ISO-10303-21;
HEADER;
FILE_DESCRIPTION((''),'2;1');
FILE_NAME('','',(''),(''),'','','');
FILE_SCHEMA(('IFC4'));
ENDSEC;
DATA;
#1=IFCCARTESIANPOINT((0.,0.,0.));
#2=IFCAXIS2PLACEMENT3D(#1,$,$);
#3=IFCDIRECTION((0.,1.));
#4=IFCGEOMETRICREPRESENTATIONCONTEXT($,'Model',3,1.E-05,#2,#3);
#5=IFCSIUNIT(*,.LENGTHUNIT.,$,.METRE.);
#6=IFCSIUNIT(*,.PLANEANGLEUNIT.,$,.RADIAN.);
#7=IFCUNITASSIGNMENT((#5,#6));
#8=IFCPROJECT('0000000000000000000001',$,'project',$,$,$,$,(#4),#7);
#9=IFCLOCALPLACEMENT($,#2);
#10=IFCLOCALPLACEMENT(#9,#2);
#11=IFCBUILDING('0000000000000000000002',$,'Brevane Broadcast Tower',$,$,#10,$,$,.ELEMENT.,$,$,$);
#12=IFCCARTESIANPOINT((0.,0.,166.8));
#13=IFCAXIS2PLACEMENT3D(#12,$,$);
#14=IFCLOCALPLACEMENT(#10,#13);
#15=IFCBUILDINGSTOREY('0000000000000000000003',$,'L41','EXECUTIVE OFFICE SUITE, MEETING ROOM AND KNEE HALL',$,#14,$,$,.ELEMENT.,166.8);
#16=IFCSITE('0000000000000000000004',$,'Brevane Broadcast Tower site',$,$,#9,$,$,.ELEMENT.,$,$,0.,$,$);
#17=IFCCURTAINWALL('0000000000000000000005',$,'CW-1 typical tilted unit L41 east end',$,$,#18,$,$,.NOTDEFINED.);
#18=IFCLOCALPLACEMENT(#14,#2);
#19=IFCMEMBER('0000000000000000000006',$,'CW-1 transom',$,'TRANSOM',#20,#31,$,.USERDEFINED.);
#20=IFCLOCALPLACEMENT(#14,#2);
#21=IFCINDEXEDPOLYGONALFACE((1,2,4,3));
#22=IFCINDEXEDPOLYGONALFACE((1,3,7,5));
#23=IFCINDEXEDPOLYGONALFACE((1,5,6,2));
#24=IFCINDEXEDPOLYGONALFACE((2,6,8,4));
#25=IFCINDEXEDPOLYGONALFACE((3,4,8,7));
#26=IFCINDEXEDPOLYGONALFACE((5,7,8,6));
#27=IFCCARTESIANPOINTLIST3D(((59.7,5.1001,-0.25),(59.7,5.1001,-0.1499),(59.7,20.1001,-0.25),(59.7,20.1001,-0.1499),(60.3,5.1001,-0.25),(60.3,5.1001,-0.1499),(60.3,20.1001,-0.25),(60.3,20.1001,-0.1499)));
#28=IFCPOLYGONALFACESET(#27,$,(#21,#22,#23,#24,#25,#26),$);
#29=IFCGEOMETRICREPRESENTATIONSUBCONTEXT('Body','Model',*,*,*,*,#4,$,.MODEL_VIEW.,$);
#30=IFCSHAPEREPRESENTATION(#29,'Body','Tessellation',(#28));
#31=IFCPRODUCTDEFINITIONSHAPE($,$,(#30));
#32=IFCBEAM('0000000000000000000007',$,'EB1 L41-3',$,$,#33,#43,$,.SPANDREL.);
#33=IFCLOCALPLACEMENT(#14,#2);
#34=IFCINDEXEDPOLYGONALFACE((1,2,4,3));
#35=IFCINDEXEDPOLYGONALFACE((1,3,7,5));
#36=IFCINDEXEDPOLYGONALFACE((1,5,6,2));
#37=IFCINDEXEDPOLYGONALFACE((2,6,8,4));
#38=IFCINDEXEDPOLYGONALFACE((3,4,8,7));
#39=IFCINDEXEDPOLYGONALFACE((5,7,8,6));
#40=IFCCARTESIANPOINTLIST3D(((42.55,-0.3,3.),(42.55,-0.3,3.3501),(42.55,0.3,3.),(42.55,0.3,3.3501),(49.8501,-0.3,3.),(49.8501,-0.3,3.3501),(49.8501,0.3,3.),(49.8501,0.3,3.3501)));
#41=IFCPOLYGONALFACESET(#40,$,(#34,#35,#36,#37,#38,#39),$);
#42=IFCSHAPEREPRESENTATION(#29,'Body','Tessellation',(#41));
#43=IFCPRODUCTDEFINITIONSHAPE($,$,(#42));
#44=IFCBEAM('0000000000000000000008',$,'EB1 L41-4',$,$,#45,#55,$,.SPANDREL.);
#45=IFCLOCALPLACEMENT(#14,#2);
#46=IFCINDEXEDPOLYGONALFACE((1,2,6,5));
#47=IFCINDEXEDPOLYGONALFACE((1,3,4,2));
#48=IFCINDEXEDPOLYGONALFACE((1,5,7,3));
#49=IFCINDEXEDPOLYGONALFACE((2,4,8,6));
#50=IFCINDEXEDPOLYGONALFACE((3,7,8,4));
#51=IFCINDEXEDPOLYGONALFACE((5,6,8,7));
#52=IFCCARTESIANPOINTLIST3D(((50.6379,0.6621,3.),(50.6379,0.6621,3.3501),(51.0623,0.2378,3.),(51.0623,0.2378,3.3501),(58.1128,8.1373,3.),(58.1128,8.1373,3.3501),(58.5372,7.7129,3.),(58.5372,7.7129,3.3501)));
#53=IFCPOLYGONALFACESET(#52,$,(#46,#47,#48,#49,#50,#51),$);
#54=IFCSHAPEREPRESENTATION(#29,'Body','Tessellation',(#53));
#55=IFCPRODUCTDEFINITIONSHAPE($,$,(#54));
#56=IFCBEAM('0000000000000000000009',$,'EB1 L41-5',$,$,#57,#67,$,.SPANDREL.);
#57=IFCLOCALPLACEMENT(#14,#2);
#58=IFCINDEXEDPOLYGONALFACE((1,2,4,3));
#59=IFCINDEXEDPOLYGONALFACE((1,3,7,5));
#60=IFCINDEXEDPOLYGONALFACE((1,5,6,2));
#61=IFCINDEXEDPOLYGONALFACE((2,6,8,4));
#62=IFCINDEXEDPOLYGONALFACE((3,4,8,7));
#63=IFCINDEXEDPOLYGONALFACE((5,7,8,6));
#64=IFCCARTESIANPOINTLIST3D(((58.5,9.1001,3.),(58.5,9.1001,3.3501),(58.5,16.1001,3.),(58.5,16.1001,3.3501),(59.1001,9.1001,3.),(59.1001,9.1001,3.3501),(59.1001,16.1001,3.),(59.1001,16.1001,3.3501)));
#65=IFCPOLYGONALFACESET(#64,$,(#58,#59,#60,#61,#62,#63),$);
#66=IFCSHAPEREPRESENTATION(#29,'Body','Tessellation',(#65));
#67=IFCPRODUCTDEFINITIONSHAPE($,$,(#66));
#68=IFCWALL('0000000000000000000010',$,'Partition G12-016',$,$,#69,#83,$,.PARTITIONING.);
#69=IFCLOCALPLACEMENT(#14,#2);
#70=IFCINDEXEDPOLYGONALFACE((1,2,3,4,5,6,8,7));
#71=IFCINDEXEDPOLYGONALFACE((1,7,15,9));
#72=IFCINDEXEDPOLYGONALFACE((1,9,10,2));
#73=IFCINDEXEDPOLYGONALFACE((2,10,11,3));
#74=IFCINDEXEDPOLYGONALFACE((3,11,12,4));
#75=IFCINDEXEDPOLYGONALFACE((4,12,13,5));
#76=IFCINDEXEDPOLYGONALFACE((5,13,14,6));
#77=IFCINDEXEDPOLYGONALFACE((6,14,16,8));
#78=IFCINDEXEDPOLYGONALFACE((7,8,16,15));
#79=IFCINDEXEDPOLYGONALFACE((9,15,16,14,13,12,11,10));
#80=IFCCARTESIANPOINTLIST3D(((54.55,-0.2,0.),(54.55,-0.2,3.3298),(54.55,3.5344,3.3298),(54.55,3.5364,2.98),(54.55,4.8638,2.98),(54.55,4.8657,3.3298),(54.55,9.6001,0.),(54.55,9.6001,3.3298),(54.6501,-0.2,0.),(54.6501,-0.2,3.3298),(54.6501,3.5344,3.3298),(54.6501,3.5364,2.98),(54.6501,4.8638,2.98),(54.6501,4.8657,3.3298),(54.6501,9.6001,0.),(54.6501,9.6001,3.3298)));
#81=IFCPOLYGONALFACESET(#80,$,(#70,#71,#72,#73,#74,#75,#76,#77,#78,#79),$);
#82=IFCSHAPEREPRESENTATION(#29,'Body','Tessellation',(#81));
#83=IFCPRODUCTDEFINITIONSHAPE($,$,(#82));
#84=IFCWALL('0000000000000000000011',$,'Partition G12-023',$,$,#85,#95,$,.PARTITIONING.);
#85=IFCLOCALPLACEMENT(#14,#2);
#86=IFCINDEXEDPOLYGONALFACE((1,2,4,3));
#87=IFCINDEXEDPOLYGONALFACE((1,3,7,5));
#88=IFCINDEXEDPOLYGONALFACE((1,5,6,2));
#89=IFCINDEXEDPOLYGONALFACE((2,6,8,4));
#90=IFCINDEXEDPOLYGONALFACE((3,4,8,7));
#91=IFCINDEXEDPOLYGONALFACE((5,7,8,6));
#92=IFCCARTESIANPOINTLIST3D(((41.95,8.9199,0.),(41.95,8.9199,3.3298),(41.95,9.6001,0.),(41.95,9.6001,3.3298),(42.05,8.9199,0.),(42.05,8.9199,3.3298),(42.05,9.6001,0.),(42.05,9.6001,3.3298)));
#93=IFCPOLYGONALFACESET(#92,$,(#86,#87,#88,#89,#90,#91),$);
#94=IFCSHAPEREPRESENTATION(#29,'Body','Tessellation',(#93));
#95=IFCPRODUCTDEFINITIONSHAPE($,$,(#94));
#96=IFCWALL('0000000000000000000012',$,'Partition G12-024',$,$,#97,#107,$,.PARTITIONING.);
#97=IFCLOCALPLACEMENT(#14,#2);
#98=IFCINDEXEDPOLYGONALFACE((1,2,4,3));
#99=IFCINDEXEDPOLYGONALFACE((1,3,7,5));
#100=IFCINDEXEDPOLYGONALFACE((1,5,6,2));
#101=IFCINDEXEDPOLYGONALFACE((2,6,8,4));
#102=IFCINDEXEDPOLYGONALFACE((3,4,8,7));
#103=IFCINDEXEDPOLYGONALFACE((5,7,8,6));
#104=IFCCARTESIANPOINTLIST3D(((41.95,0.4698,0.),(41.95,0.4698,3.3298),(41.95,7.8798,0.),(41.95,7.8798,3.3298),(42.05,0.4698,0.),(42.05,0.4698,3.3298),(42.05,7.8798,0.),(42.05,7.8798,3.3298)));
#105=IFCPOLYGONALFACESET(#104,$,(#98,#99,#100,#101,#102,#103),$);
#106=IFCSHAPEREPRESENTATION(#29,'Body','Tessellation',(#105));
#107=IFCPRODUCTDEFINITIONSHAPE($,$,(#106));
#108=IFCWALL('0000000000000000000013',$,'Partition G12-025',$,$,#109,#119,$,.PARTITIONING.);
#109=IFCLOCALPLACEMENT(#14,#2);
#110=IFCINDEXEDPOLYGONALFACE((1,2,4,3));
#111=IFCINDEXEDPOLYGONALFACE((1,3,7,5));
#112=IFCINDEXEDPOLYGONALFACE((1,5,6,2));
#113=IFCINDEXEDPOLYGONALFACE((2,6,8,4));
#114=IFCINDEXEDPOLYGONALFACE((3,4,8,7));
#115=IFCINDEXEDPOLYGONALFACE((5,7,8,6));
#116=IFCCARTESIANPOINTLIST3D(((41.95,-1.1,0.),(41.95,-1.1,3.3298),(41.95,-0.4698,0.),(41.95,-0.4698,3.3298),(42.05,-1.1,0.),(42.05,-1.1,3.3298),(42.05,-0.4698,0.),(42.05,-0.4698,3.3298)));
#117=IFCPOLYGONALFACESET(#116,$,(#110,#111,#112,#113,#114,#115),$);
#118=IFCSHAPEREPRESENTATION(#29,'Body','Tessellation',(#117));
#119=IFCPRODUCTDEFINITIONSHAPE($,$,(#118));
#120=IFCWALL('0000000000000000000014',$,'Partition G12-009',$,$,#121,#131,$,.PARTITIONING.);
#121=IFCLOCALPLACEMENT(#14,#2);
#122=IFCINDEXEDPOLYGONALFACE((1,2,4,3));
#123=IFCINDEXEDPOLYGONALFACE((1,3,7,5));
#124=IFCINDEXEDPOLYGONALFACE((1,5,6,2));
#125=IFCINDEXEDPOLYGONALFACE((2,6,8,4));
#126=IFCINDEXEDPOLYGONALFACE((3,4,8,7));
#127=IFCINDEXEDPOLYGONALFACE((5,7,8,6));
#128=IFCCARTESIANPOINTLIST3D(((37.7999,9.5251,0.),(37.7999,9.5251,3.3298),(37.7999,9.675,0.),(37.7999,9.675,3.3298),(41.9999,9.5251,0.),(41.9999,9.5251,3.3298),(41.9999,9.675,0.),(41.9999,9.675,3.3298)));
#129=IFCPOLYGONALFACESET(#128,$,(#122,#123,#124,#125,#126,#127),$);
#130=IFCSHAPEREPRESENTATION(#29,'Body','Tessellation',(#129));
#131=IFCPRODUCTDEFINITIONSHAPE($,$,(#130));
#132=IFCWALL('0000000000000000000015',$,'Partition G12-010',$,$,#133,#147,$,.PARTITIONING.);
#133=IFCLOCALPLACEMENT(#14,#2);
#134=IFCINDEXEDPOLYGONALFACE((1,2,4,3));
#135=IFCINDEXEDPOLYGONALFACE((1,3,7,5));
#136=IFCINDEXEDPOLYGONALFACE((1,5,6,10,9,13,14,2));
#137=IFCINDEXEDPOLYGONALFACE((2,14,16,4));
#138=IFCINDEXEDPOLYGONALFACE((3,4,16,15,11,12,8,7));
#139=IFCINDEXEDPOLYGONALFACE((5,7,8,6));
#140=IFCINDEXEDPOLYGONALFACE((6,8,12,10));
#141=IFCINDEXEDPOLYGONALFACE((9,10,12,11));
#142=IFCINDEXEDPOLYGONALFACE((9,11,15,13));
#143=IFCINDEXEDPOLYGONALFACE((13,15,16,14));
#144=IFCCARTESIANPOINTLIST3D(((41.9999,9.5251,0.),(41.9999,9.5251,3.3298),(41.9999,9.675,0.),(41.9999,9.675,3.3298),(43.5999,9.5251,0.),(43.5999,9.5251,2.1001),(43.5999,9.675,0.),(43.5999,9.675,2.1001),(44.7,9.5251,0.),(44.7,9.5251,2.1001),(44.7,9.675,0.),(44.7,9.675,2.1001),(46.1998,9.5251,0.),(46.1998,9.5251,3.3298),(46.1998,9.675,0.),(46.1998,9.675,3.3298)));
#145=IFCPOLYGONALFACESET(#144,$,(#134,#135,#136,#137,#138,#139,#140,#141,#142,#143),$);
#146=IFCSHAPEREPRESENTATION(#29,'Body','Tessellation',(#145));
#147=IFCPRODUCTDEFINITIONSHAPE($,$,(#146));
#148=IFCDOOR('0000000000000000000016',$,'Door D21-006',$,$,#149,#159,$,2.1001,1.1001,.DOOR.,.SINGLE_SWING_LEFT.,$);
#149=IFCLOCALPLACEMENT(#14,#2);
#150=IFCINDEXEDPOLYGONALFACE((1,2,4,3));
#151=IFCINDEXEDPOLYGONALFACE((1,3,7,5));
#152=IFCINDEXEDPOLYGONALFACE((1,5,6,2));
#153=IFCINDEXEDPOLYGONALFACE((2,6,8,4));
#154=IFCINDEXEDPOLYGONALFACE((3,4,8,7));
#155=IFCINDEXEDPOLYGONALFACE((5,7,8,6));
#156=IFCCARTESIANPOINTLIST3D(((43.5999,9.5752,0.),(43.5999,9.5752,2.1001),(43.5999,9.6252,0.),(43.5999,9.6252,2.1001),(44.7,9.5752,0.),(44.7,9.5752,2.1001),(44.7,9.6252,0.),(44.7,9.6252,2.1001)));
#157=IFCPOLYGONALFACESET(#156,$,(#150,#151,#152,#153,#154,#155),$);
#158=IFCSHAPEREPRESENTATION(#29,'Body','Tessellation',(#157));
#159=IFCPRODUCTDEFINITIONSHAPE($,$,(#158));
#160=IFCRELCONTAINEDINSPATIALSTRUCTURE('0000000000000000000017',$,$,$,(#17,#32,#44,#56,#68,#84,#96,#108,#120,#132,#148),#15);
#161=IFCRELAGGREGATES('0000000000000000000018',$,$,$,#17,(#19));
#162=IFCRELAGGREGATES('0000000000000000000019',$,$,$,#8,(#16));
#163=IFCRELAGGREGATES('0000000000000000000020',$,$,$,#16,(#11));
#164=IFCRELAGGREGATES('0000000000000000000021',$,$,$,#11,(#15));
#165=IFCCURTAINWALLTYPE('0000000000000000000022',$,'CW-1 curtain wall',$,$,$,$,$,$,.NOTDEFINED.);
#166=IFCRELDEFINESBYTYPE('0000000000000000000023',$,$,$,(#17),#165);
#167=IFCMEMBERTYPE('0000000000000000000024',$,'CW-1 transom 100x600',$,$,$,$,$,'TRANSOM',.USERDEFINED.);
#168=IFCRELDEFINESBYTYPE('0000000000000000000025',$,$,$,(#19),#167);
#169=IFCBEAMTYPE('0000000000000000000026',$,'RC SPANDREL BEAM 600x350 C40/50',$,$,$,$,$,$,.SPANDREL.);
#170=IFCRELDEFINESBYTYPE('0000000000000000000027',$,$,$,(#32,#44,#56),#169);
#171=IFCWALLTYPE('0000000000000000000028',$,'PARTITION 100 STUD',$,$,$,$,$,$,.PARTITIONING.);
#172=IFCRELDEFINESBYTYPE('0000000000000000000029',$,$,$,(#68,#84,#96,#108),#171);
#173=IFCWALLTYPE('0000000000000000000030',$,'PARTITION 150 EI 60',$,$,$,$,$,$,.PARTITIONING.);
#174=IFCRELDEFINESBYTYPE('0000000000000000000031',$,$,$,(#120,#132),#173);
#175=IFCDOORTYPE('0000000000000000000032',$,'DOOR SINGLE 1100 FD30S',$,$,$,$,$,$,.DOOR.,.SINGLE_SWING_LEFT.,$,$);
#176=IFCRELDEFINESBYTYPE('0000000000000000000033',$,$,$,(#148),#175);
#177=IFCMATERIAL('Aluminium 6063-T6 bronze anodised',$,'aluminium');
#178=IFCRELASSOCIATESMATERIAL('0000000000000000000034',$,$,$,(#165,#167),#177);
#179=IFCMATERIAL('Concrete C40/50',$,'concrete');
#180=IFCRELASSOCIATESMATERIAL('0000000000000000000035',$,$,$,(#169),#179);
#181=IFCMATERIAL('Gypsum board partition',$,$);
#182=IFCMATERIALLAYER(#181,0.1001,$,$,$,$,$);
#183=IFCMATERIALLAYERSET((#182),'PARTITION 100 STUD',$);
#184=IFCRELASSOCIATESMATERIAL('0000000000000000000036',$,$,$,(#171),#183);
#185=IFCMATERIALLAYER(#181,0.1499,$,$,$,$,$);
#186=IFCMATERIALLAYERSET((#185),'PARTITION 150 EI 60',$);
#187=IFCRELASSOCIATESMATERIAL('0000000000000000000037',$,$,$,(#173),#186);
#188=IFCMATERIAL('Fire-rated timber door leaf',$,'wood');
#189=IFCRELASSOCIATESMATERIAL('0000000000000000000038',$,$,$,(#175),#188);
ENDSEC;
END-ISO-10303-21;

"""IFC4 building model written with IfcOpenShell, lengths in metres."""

from ifc_helpers import new_model, si_unit, direction, frame, frame_2d, origin, origin_2d, place, context, subcontext, project, spatial, polyline, rectangle, outline, extrude, material, layer, layer_set, material_profile, profile_set, type_object, element, fill, aggregate, save


model = new_model("IFC4")

# Units and contexts
model_context = context("Model", 3, precision=1e-05, world=origin(), true_north=direction((0.0, 1.0)))
body_context = subcontext(model_context, "Body", "Model", "MODEL_VIEW")
ifc_project = project(units=[si_unit("LENGTHUNIT", "METRE"), si_unit("PLANEANGLEUNIT", "RADIAN")], contexts=[model_context])

# Site, building, storey
site_placement = place(None, origin())
site = spatial("IfcSite", under=ifc_project, at=site_placement, Name="Brevane Broadcast Tower site", CompositionType="ELEMENT", RefElevation=0.0)
building_placement = place(site_placement, origin())
building = spatial("IfcBuilding", under=site, at=building_placement, Name="Brevane Broadcast Tower", CompositionType="ELEMENT")
storey_placement = place(building_placement, frame((0.0, 0.0, 166.8)))
storey = spatial("IfcBuildingStorey", under=building, at=storey_placement, Name="L41", Description="EXECUTIVE OFFICE SUITE, MEETING ROOM AND KNEE HALL", CompositionType="ELEMENT", Elevation=166.8)

# Curtain wall
ifc_material_1 = material(Name="Aluminium 6063-T6 bronze anodised", Category="aluminium")
curtain_wall_type = type_object("IfcCurtainWallType", Name="CW-1 curtain wall", PredefinedType="NOTDEFINED", material=ifc_material_1)
curtain_wall_1_placement = place(storey_placement, origin())
curtain_wall_1 = element("IfcCurtainWall", 1, at=curtain_wall_1_placement, inside=storey, type_object=curtain_wall_type, Name="CW-1 typical tilted unit L41 east end", PredefinedType="NOTDEFINED")

# Member
ifc_material_profile_1 = material_profile(ifc_material_1, rectangle(XDim=0.6001, YDim=0.1001, at=origin_2d()), Name="RECT 100x600")
ifc_profile_set_1 = profile_set([ifc_material_profile_1], Name="Aluminium 6063-T6 bronze anodised")
member_type_1 = type_object("IfcMemberType", Name="CW-1 transom 100x600", ElementType="TRANSOM", PredefinedType="USERDEFINED", material=ifc_profile_set_1)
member_1_placement = place(storey_placement, frame((60.0, 5.1001, -0.2), z_axis=(0.0, 1.0, 0.0), x_axis=(-1.0, 0.0, 0.0)))
member_1 = element("IfcMember", 2, at=member_1_placement, type_object=member_type_1, Name="CW-1 transom", ObjectType="TRANSOM", PredefinedType="USERDEFINED", context=body_context, shape_type="SweptSolid", body=[
    extrude(rectangle(XDim=0.6001, YDim=0.1001, at=origin_2d()), origin(), (0.0, 0.0, 1.0), 15.0),
])
aggregate(curtain_wall_1, [member_1])

# Beams
ifc_material_2 = material(Name="Concrete C40/50", Category="concrete")
ifc_material_profile_2 = material_profile(ifc_material_2, rectangle(XDim=0.6001, YDim=0.3501, at=origin_2d()), Name="RC 600x350")
ifc_profile_set_2 = profile_set([ifc_material_profile_2], Name="Concrete C40/50")
beam_type = type_object("IfcBeamType", Name="RC SPANDREL BEAM 600x350 C40/50", PredefinedType="SPANDREL", material=ifc_profile_set_2)
beam_1_placement = place(storey_placement, frame((42.55, 0.0, 3.175), z_axis=(1.0, 0.0, 0.0), x_axis=(0.0, 1.0, 0.0)))
element("IfcBeam", 3, at=beam_1_placement, inside=storey, type_object=beam_type, Name="EB1 L41-3", PredefinedType="SPANDREL", context=body_context, shape_type="SweptSolid", body=[
    extrude(rectangle(XDim=0.6001, YDim=0.3501, at=origin_2d()), origin(), (0.0, 0.0, 1.0), 7.3),
])
beam_2_placement = place(storey_placement, frame((50.8501, 0.45, 3.175), z_axis=(0.707095, 0.707118, 0.0), x_axis=(-0.707118, 0.707095, 0.0)))
element("IfcBeam", 4, at=beam_2_placement, inside=storey, type_object=beam_type, Name="EB1 L41-4", PredefinedType="SPANDREL", context=body_context, shape_type="SweptSolid", body=[
    extrude(rectangle(XDim=0.6001, YDim=0.3501, at=origin_2d()), origin(), (0.0, 0.0, 1.0), 10.5713),
])
beam_3_placement = place(storey_placement, frame((58.8, 9.1001, 3.175), z_axis=(0.0, 1.0, 0.0), x_axis=(-1.0, 0.0, 0.0)))
element("IfcBeam", 5, at=beam_3_placement, inside=storey, type_object=beam_type, Name="EB1 L41-5", PredefinedType="SPANDREL", context=body_context, shape_type="SweptSolid", body=[
    extrude(rectangle(XDim=0.6001, YDim=0.3501, at=origin_2d()), origin(), (0.0, 0.0, 1.0), 7.0),
])

# Walls
ifc_material_3 = material(Name="Gypsum board partition")
ifc_layer_1 = layer(ifc_material_3, 0.1001)
ifc_layer_set_1 = layer_set([ifc_layer_1], Name="PARTITION 100 STUD")
wall_type_1 = type_object("IfcWallType", Name="PARTITION 100 STUD", PredefinedType="PARTITIONING", material=ifc_layer_set_1)
wall_1_placement = place(storey_placement, frame((54.6001, -0.2, 0.0), z_axis=(0.0, 0.0, 1.0), x_axis=(0.0, 1.0, 0.0)))
element("IfcWall", 6, at=wall_1_placement, inside=storey, type_object=wall_type_1, Name="Partition G12-016", PredefinedType="PARTITIONING", context=body_context, shape_type="SweptSolid", body=[
    extrude(outline(polyline([(0.0, 0.0), (9.8, 0.0), (9.8, 3.3298), (5.0657, 3.3298), (5.0637, 2.98), (3.7363, 2.98), (3.7344, 3.3298), (0.0, 3.3298), (0.0, 0.0)])), frame((0.0, 0.05, 0.0), z_axis=(0.0, -1.0, 0.0), x_axis=(1.0, 0.0, 0.0)), (0.0, 0.0, 1.0), 0.1001),
])
wall_2_placement = place(storey_placement, frame((42.0, 9.6001, 0.0), z_axis=(0.0, 0.0, 1.0), x_axis=(0.0, -1.0, 0.0)))
element("IfcWall", 7, at=wall_2_placement, inside=storey, type_object=wall_type_1, Name="Partition G12-023", PredefinedType="PARTITIONING", context=body_context, shape_type="SweptSolid", body=[
    extrude(rectangle(XDim=0.6802, YDim=0.1001, at=frame_2d((0.3401, 0.0))), origin(), (0.0, 0.0, 1.0), 3.3298),
])
wall_3_placement = place(storey_placement, frame((42.0, 7.8799, 0.0), z_axis=(0.0, 0.0, 1.0), x_axis=(0.0, -1.0, 0.0)))
element("IfcWall", 8, at=wall_3_placement, inside=storey, type_object=wall_type_1, Name="Partition G12-024", PredefinedType="PARTITIONING", context=body_context, shape_type="SweptSolid", body=[
    extrude(rectangle(XDim=7.4099, YDim=0.1001, at=frame_2d((3.7051, 0.0))), origin(), (0.0, 0.0, 1.0), 3.3298),
])
wall_4_placement = place(storey_placement, frame((42.0, -0.47, 0.0), z_axis=(0.0, 0.0, 1.0), x_axis=(0.0, -1.0, 0.0)))
element("IfcWall", 9, at=wall_4_placement, inside=storey, type_object=wall_type_1, Name="Partition G12-025", PredefinedType="PARTITIONING", context=body_context, shape_type="SweptSolid", body=[
    extrude(rectangle(XDim=0.6301, YDim=0.1001, at=frame_2d((0.3149, 0.0))), origin(), (0.0, 0.0, 1.0), 3.3298),
])
ifc_layer_2 = layer(ifc_material_3, 0.1499)
ifc_layer_set_2 = layer_set([ifc_layer_2], Name="PARTITION 150 EI 60")
wall_type_2 = type_object("IfcWallType", Name="PARTITION 150 EI 60", PredefinedType="PARTITIONING", material=ifc_layer_set_2)
wall_5_placement = place(storey_placement, frame((42.0, 9.6001, 0.0), z_axis=(0.0, 0.0, 1.0), x_axis=(-1.0, 0.0, 0.0)))
element("IfcWall", 10, at=wall_5_placement, inside=storey, type_object=wall_type_2, Name="Partition G12-009", PredefinedType="PARTITIONING", context=body_context, shape_type="SweptSolid", body=[
    extrude(rectangle(XDim=4.2, YDim=0.1499, at=frame_2d((2.1001, 0.0))), origin(), (0.0, 0.0, 1.0), 3.3298),
])

# Wall, opening, door
wall_6_placement = place(storey_placement, frame((46.2, 9.6001, 0.0), z_axis=(0.0, 0.0, 1.0), x_axis=(-1.0, 0.0, 0.0)))
wall_6 = element("IfcWall", 11, at=wall_6_placement, inside=storey, type_object=wall_type_2, Name="Partition G12-010", PredefinedType="PARTITIONING", context=body_context, shape_type="SweptSolid", body=[
    extrude(rectangle(XDim=4.2, YDim=0.1499, at=frame_2d((2.1001, 0.0))), origin(), (0.0, 0.0, 1.0), 3.3298),
])
opening_placement = place(wall_6_placement, frame((1.5, 0.0, 0.0)))
opening = element("IfcOpeningElement", 12, at=opening_placement, cuts=wall_6, PredefinedType="OPENING", context=body_context, shape_type="SweptSolid", body=[
    extrude(rectangle(XDim=1.1001, YDim=2.1001, at=frame_2d((0.55, 1.05))), frame((0.0, 0.085, 0.0), z_axis=(0.0, -1.0, 0.0), x_axis=(1.0, 0.0, 0.0)), (0.0, 0.0, 1.0), 0.1699),
])
ifc_material_4 = material(Name="Fire-rated timber door leaf", Category="wood")
door_type = type_object("IfcDoorType", Name="DOOR SINGLE 1100 FD30S", OperationType="SINGLE_SWING_LEFT", PredefinedType="DOOR", material=ifc_material_4)
door_placement = place(opening_placement, origin())
door = element("IfcDoor", 13, at=door_placement, inside=storey, type_object=door_type, Name="Door D21-006", OperationType="SINGLE_SWING_LEFT", OverallHeight=2.1001, OverallWidth=1.1001, PredefinedType="DOOR", context=body_context, shape_type="SweptSolid", body=[
    extrude(rectangle(XDim=1.1001, YDim=2.1001, at=frame_2d((0.55, 1.05))), frame((0.0, 0.0249, 0.0), z_axis=(0.0, -1.0, 0.0), x_axis=(1.0, 0.0, 0.0)), (0.0, 0.0, 1.0), 0.05),
])
fill(opening, door)

save(model, "model.ifc")
